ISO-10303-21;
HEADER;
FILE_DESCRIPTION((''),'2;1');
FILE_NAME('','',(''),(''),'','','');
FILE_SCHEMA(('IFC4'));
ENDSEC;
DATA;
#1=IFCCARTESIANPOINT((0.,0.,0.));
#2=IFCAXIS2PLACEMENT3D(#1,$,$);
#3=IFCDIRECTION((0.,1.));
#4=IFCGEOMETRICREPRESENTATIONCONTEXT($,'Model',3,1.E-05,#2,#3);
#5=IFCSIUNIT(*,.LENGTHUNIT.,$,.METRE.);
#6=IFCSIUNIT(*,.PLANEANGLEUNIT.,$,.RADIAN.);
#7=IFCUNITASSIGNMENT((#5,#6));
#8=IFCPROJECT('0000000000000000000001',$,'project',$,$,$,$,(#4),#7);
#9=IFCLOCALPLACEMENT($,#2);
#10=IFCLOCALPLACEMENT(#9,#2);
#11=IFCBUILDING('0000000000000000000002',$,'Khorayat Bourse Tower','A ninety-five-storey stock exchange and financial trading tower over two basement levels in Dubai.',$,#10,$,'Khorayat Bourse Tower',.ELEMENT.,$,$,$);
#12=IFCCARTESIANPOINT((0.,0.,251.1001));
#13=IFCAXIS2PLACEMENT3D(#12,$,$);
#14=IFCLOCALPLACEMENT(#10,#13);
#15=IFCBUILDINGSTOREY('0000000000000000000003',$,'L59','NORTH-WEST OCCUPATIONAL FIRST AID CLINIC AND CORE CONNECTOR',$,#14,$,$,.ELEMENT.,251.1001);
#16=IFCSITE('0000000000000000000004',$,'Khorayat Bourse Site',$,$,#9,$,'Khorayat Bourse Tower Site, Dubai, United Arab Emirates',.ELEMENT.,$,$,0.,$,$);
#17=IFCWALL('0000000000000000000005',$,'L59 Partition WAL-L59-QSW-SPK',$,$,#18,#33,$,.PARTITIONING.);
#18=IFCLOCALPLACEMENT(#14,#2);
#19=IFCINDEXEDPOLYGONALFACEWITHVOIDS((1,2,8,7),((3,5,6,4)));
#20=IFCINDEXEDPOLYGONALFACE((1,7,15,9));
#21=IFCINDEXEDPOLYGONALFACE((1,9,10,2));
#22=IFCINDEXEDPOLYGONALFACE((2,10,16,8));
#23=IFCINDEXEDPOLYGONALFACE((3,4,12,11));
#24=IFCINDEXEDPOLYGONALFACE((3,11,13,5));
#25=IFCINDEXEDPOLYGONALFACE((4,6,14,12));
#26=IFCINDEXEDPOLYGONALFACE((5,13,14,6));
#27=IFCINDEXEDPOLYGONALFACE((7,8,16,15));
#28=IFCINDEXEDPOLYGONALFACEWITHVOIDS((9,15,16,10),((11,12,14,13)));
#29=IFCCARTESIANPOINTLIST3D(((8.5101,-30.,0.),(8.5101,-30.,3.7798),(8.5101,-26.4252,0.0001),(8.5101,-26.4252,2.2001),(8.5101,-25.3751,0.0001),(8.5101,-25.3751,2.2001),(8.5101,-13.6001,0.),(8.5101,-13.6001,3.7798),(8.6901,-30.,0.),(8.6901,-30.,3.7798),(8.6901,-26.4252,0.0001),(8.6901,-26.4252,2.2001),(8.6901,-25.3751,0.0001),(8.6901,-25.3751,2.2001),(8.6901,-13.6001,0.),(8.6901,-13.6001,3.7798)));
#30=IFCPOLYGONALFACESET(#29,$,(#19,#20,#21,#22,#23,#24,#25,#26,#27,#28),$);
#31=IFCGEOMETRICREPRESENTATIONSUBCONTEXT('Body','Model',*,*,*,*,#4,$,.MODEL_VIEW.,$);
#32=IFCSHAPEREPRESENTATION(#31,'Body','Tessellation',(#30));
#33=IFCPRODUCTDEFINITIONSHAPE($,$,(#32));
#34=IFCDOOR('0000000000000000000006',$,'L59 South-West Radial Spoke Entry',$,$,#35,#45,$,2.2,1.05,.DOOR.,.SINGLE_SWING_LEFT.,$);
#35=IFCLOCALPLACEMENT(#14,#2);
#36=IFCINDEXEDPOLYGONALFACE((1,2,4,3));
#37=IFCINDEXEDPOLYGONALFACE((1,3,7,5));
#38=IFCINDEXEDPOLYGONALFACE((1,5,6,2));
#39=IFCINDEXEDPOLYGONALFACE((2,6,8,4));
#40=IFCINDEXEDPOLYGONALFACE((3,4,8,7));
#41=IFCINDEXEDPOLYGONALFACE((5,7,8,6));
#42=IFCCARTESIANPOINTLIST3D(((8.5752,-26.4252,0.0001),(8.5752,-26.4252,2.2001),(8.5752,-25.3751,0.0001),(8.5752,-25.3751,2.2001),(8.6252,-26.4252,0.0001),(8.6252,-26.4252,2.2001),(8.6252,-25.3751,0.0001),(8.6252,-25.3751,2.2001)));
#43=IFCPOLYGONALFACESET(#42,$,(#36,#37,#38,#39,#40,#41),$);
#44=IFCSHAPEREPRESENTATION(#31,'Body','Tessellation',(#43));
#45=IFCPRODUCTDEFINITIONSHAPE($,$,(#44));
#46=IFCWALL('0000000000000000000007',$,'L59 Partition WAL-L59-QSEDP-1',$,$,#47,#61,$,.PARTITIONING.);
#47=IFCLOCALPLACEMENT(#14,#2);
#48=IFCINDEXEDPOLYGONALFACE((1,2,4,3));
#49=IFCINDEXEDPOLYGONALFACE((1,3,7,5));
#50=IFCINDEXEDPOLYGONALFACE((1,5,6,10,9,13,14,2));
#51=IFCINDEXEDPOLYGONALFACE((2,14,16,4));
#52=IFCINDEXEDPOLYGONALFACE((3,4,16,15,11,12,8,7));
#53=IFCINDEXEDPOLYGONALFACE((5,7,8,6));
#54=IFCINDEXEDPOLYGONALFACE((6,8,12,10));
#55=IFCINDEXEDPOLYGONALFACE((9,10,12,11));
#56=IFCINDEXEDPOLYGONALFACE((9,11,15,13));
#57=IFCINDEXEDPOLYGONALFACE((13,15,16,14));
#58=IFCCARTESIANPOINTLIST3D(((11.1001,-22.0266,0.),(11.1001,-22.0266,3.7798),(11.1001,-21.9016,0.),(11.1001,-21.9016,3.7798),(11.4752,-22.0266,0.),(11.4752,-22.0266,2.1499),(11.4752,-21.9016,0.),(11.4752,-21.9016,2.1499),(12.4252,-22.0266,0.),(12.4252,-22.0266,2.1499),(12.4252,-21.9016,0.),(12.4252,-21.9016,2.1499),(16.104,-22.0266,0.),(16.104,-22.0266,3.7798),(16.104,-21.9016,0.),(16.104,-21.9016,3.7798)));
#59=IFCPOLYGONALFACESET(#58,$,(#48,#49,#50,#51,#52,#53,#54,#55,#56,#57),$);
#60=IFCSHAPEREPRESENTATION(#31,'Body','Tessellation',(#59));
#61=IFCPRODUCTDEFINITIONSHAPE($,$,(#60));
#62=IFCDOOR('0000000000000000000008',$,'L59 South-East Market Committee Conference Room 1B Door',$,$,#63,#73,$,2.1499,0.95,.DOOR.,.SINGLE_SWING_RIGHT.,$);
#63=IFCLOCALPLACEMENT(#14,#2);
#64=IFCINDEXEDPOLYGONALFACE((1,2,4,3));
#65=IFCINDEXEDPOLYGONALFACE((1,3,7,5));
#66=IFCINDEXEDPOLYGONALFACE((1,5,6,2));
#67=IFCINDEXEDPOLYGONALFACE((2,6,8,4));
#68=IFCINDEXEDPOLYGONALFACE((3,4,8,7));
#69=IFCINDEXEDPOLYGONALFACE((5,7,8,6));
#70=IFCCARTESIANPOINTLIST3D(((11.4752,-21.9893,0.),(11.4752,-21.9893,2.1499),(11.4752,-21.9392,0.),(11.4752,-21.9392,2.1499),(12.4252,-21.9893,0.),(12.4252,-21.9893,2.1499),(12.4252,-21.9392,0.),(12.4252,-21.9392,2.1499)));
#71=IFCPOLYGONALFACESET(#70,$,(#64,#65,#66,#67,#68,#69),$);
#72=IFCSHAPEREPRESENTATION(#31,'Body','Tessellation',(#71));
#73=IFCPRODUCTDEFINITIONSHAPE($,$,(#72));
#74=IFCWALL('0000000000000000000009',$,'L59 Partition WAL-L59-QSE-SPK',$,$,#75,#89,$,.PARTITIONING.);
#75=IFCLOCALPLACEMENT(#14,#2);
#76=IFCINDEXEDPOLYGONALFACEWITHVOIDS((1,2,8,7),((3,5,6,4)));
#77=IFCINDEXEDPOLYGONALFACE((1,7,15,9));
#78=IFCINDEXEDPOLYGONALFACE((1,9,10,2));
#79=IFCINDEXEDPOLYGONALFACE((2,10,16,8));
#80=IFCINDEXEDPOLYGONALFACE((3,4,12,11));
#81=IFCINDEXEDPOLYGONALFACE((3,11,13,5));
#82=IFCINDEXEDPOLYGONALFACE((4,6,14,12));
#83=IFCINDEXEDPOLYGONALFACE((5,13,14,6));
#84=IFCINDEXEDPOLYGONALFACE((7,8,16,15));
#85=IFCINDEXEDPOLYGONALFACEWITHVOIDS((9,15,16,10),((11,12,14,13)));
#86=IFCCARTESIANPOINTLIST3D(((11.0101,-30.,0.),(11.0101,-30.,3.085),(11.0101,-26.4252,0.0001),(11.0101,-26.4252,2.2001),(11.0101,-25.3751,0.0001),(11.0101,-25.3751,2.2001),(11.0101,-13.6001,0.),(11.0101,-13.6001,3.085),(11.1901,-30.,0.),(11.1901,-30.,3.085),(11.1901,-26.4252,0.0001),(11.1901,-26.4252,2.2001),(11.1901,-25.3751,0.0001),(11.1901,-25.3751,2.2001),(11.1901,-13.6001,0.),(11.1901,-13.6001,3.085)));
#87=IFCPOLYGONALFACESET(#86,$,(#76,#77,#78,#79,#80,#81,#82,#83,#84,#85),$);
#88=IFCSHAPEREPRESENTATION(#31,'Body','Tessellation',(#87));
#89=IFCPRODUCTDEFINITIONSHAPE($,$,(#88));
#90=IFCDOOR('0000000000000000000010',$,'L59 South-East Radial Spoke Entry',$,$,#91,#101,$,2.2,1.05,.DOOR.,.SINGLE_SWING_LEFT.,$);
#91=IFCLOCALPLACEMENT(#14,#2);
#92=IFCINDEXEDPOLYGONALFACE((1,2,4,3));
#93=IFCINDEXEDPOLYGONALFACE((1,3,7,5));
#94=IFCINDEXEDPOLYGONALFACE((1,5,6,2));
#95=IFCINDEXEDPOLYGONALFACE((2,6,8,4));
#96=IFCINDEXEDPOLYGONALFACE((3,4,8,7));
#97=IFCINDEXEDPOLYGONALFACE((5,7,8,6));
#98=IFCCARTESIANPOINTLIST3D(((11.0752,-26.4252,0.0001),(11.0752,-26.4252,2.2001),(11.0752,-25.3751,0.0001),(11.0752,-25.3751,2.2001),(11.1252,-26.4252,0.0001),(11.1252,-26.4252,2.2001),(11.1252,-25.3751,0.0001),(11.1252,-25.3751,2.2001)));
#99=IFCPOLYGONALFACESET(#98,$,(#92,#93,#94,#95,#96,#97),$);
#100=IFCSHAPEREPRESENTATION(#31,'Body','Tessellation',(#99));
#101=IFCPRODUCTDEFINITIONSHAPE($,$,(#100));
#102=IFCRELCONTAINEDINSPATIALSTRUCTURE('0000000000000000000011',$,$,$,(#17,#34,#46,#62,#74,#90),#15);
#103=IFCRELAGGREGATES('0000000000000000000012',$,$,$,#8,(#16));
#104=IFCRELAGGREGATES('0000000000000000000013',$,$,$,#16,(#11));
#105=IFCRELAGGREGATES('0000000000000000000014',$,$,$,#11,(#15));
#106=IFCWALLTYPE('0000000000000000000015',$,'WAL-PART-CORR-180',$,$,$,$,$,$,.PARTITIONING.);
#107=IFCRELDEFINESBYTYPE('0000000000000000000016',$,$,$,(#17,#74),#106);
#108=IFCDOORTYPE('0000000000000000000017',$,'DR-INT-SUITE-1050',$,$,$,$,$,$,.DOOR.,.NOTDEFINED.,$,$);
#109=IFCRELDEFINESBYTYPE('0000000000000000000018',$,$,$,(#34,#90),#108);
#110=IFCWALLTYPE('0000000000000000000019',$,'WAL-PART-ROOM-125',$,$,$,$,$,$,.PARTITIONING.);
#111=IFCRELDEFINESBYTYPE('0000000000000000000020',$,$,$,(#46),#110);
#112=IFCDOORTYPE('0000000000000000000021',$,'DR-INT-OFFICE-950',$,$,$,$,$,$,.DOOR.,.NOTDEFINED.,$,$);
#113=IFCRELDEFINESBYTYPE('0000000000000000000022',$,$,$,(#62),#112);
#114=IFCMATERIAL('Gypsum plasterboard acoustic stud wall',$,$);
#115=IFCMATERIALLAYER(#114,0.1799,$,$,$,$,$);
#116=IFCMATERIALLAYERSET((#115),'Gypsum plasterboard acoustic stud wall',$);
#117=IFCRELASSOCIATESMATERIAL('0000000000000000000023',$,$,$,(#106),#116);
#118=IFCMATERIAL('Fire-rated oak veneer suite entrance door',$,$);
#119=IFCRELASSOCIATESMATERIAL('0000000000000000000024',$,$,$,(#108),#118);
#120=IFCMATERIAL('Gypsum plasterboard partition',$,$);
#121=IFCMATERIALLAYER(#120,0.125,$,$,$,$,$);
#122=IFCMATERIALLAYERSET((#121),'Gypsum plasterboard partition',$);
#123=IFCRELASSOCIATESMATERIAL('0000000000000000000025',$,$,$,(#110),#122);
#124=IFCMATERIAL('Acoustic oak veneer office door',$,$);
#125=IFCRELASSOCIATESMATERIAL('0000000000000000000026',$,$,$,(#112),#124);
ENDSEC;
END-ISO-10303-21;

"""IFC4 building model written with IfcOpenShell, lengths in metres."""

from ifc_helpers import new_model, si_unit, direction, frame, frame_2d, origin, place, context, subcontext, project, spatial, rectangle, extrude, source, transform, mapped, material, layer, layer_set, type_object, element, fill, save


model = new_model("IFC4")

# Units and contexts
model_context = context("Model", 3, precision=1e-05, world=origin(), true_north=direction((0.0, 1.0)))
body_context = subcontext(model_context, "Body", "Model", "MODEL_VIEW")
ifc_project = project(units=[si_unit("LENGTHUNIT", "METRE"), si_unit("PLANEANGLEUNIT", "RADIAN")], contexts=[model_context])

# Site, building, storey
site_placement = place(None, origin())
site = spatial("IfcSite", under=ifc_project, at=site_placement, Name="Khorayat Bourse Site", LongName="Khorayat Bourse Tower Site, Dubai, United Arab Emirates", CompositionType="ELEMENT", RefElevation=0.0)
building_placement = place(site_placement, origin())
building = spatial("IfcBuilding", under=site, at=building_placement, Name="Khorayat Bourse Tower", Description="A ninety-five-storey stock exchange and financial trading tower over two basement levels in Dubai.", LongName="Khorayat Bourse Tower", CompositionType="ELEMENT")
storey_placement = place(building_placement, frame((0.0, 0.0, 251.1001)))
storey = spatial("IfcBuildingStorey", under=building, at=storey_placement, Name="L59", Description="NORTH-WEST OCCUPATIONAL FIRST AID CLINIC AND CORE CONNECTOR", CompositionType="ELEMENT", Elevation=251.1001)

# Walls, openings, doors
ifc_material_1 = material(Name="Gypsum plasterboard acoustic stud wall")
ifc_layer_1 = layer(ifc_material_1, 0.1799)
ifc_layer_set_1 = layer_set([ifc_layer_1], Name="Gypsum plasterboard acoustic stud wall")
wall_type_1 = type_object("IfcWallType", Name="WAL-PART-CORR-180", PredefinedType="PARTITIONING", material=ifc_layer_set_1)
shared_shape_1 = source(origin(), body_context, "Body", "SweptSolid", [
    extrude(rectangle(XDim=16.3999, YDim=0.1799, at=frame_2d((8.2, 0.0))), origin(), (0.0, 0.0, 1.0), 3.7798),
])
wall_1_placement = place(storey_placement, frame((8.6001, -30.0, 0.0), z_axis=(0.0, 0.0, 1.0), x_axis=(0.0, 1.0, 0.0)))
wall_1 = element("IfcWall", 1, at=wall_1_placement, inside=storey, type_object=wall_type_1, Name="L59 Partition WAL-L59-QSW-SPK", PredefinedType="PARTITIONING", context=body_context, shape_type="MappedRepresentation", body=[
    mapped(shared_shape_1, transform((0.0, 0.0, 0.0), scale=1.0)),
])
shared_shape_2 = source(origin(), body_context, "Body", "SweptSolid", [
    extrude(rectangle(XDim=1.05, YDim=2.2, at=frame_2d((0.5249, 1.1001))), frame((0.0, 0.0999, 0.0), z_axis=(0.0, -1.0, 0.0), x_axis=(1.0, 0.0, 0.0)), (0.0, 0.0, 1.0), 0.2),
])
opening_1_placement = place(wall_1_placement, frame((3.575, 0.0, 0.0)))
opening_1 = element("IfcOpeningElement", 2, at=opening_1_placement, cuts=wall_1, PredefinedType="OPENING", context=body_context, shape_type="MappedRepresentation", body=[
    mapped(shared_shape_2, transform((0.0, 0.0, 0.0), scale=1.0)),
])
ifc_material_2 = material(Name="Fire-rated oak veneer suite entrance door")
door_type_1 = type_object("IfcDoorType", Name="DR-INT-SUITE-1050", OperationType="NOTDEFINED", PredefinedType="DOOR", material=ifc_material_2)
shared_shape_3 = source(origin(), body_context, "Body", "SweptSolid", [
    extrude(rectangle(XDim=1.05, YDim=2.2, at=frame_2d((0.5249, 1.1001))), frame((0.0, 0.0249, 0.0), z_axis=(0.0, -1.0, 0.0), x_axis=(1.0, 0.0, 0.0)), (0.0, 0.0, 1.0), 0.05),
])
door_1_placement = place(opening_1_placement, origin())
door_1 = element("IfcDoor", 3, at=door_1_placement, inside=storey, type_object=door_type_1, Name="L59 South-West Radial Spoke Entry", OperationType="SINGLE_SWING_LEFT", OverallHeight=2.2, OverallWidth=1.05, PredefinedType="DOOR", context=body_context, shape_type="MappedRepresentation", body=[
    mapped(shared_shape_3, transform((0.0, 0.0, 0.0), scale=1.0)),
])
fill(opening_1, door_1)
ifc_material_3 = material(Name="Gypsum plasterboard partition")
ifc_layer_2 = layer(ifc_material_3, 0.125)
ifc_layer_set_2 = layer_set([ifc_layer_2], Name="Gypsum plasterboard partition")
wall_type_2 = type_object("IfcWallType", Name="WAL-PART-ROOM-125", PredefinedType="PARTITIONING", material=ifc_layer_set_2)
shared_shape_4 = source(origin(), body_context, "Body", "SweptSolid", [
    extrude(rectangle(XDim=5.0039, YDim=0.125, at=frame_2d((2.502, 0.0))), origin(), (0.0, 0.0, 1.0), 3.7798),
])
wall_2_placement = place(storey_placement, frame((11.1001, -21.9641, 0.0), z_axis=(0.0, 0.0, 1.0), x_axis=(1.0, 0.0, 0.0)))
wall_2 = element("IfcWall", 4, at=wall_2_placement, inside=storey, type_object=wall_type_2, Name="L59 Partition WAL-L59-QSEDP-1", PredefinedType="PARTITIONING", context=body_context, shape_type="MappedRepresentation", body=[
    mapped(shared_shape_4, transform((0.0, 0.0, 0.0), scale=1.0)),
])
shared_shape_5 = source(origin(), body_context, "Body", "SweptSolid", [
    extrude(rectangle(XDim=0.95, YDim=2.1499, at=frame_2d((0.4751, 1.075))), frame((0.0, 0.0725, 0.0), z_axis=(0.0, -1.0, 0.0), x_axis=(1.0, 0.0, 0.0)), (0.0, 0.0, 1.0), 0.145),
])
opening_2_placement = place(wall_2_placement, frame((0.375, 0.0, 0.0)))
opening_2 = element("IfcOpeningElement", 5, at=opening_2_placement, cuts=wall_2, PredefinedType="OPENING", context=body_context, shape_type="MappedRepresentation", body=[
    mapped(shared_shape_5, transform((0.0, 0.0, 0.0), scale=1.0)),
])
ifc_material_4 = material(Name="Acoustic oak veneer office door")
door_type_2 = type_object("IfcDoorType", Name="DR-INT-OFFICE-950", OperationType="NOTDEFINED", PredefinedType="DOOR", material=ifc_material_4)
shared_shape_6 = source(origin(), body_context, "Body", "SweptSolid", [
    extrude(rectangle(XDim=0.95, YDim=2.1499, at=frame_2d((0.4751, 1.075))), frame((0.0, 0.0249, 0.0), z_axis=(0.0, -1.0, 0.0), x_axis=(1.0, 0.0, 0.0)), (0.0, 0.0, 1.0), 0.05),
])
door_2_placement = place(opening_2_placement, origin())
door_2 = element("IfcDoor", 6, at=door_2_placement, inside=storey, type_object=door_type_2, Name="L59 South-East Market Committee Conference Room 1B Door", OperationType="SINGLE_SWING_RIGHT", OverallHeight=2.1499, OverallWidth=0.95, PredefinedType="DOOR", context=body_context, shape_type="MappedRepresentation", body=[
    mapped(shared_shape_6, transform((0.0, 0.0, 0.0), scale=1.0)),
])
fill(opening_2, door_2)
shared_shape_7 = source(origin(), body_context, "Body", "SweptSolid", [
    extrude(rectangle(XDim=16.3999, YDim=0.1799, at=frame_2d((8.2, 0.0))), origin(), (0.0, 0.0, 1.0), 3.085),
])
wall_3_placement = place(storey_placement, frame((11.1001, -30.0, 0.0), z_axis=(0.0, 0.0, 1.0), x_axis=(0.0, 1.0, 0.0)))
wall_3 = element("IfcWall", 7, at=wall_3_placement, inside=storey, type_object=wall_type_1, Name="L59 Partition WAL-L59-QSE-SPK", PredefinedType="PARTITIONING", context=body_context, shape_type="MappedRepresentation", body=[
    mapped(shared_shape_7, transform((0.0, 0.0, 0.0), scale=1.0)),
])
opening_3_placement = place(wall_3_placement, frame((3.575, 0.0, 0.0)))
opening_3 = element("IfcOpeningElement", 8, at=opening_3_placement, cuts=wall_3, PredefinedType="OPENING", context=body_context, shape_type="MappedRepresentation", body=[
    mapped(shared_shape_2, transform((0.0, 0.0, 0.0), scale=1.0)),
])
door_3_placement = place(opening_3_placement, origin())
door_3 = element("IfcDoor", 9, at=door_3_placement, inside=storey, type_object=door_type_1, Name="L59 South-East Radial Spoke Entry", OperationType="SINGLE_SWING_LEFT", OverallHeight=2.2, OverallWidth=1.05, PredefinedType="DOOR", context=body_context, shape_type="MappedRepresentation", body=[
    mapped(shared_shape_3, transform((0.0, 0.0, 0.0), scale=1.0)),
])
fill(opening_3, door_3)

save(model, "model.ifc")
